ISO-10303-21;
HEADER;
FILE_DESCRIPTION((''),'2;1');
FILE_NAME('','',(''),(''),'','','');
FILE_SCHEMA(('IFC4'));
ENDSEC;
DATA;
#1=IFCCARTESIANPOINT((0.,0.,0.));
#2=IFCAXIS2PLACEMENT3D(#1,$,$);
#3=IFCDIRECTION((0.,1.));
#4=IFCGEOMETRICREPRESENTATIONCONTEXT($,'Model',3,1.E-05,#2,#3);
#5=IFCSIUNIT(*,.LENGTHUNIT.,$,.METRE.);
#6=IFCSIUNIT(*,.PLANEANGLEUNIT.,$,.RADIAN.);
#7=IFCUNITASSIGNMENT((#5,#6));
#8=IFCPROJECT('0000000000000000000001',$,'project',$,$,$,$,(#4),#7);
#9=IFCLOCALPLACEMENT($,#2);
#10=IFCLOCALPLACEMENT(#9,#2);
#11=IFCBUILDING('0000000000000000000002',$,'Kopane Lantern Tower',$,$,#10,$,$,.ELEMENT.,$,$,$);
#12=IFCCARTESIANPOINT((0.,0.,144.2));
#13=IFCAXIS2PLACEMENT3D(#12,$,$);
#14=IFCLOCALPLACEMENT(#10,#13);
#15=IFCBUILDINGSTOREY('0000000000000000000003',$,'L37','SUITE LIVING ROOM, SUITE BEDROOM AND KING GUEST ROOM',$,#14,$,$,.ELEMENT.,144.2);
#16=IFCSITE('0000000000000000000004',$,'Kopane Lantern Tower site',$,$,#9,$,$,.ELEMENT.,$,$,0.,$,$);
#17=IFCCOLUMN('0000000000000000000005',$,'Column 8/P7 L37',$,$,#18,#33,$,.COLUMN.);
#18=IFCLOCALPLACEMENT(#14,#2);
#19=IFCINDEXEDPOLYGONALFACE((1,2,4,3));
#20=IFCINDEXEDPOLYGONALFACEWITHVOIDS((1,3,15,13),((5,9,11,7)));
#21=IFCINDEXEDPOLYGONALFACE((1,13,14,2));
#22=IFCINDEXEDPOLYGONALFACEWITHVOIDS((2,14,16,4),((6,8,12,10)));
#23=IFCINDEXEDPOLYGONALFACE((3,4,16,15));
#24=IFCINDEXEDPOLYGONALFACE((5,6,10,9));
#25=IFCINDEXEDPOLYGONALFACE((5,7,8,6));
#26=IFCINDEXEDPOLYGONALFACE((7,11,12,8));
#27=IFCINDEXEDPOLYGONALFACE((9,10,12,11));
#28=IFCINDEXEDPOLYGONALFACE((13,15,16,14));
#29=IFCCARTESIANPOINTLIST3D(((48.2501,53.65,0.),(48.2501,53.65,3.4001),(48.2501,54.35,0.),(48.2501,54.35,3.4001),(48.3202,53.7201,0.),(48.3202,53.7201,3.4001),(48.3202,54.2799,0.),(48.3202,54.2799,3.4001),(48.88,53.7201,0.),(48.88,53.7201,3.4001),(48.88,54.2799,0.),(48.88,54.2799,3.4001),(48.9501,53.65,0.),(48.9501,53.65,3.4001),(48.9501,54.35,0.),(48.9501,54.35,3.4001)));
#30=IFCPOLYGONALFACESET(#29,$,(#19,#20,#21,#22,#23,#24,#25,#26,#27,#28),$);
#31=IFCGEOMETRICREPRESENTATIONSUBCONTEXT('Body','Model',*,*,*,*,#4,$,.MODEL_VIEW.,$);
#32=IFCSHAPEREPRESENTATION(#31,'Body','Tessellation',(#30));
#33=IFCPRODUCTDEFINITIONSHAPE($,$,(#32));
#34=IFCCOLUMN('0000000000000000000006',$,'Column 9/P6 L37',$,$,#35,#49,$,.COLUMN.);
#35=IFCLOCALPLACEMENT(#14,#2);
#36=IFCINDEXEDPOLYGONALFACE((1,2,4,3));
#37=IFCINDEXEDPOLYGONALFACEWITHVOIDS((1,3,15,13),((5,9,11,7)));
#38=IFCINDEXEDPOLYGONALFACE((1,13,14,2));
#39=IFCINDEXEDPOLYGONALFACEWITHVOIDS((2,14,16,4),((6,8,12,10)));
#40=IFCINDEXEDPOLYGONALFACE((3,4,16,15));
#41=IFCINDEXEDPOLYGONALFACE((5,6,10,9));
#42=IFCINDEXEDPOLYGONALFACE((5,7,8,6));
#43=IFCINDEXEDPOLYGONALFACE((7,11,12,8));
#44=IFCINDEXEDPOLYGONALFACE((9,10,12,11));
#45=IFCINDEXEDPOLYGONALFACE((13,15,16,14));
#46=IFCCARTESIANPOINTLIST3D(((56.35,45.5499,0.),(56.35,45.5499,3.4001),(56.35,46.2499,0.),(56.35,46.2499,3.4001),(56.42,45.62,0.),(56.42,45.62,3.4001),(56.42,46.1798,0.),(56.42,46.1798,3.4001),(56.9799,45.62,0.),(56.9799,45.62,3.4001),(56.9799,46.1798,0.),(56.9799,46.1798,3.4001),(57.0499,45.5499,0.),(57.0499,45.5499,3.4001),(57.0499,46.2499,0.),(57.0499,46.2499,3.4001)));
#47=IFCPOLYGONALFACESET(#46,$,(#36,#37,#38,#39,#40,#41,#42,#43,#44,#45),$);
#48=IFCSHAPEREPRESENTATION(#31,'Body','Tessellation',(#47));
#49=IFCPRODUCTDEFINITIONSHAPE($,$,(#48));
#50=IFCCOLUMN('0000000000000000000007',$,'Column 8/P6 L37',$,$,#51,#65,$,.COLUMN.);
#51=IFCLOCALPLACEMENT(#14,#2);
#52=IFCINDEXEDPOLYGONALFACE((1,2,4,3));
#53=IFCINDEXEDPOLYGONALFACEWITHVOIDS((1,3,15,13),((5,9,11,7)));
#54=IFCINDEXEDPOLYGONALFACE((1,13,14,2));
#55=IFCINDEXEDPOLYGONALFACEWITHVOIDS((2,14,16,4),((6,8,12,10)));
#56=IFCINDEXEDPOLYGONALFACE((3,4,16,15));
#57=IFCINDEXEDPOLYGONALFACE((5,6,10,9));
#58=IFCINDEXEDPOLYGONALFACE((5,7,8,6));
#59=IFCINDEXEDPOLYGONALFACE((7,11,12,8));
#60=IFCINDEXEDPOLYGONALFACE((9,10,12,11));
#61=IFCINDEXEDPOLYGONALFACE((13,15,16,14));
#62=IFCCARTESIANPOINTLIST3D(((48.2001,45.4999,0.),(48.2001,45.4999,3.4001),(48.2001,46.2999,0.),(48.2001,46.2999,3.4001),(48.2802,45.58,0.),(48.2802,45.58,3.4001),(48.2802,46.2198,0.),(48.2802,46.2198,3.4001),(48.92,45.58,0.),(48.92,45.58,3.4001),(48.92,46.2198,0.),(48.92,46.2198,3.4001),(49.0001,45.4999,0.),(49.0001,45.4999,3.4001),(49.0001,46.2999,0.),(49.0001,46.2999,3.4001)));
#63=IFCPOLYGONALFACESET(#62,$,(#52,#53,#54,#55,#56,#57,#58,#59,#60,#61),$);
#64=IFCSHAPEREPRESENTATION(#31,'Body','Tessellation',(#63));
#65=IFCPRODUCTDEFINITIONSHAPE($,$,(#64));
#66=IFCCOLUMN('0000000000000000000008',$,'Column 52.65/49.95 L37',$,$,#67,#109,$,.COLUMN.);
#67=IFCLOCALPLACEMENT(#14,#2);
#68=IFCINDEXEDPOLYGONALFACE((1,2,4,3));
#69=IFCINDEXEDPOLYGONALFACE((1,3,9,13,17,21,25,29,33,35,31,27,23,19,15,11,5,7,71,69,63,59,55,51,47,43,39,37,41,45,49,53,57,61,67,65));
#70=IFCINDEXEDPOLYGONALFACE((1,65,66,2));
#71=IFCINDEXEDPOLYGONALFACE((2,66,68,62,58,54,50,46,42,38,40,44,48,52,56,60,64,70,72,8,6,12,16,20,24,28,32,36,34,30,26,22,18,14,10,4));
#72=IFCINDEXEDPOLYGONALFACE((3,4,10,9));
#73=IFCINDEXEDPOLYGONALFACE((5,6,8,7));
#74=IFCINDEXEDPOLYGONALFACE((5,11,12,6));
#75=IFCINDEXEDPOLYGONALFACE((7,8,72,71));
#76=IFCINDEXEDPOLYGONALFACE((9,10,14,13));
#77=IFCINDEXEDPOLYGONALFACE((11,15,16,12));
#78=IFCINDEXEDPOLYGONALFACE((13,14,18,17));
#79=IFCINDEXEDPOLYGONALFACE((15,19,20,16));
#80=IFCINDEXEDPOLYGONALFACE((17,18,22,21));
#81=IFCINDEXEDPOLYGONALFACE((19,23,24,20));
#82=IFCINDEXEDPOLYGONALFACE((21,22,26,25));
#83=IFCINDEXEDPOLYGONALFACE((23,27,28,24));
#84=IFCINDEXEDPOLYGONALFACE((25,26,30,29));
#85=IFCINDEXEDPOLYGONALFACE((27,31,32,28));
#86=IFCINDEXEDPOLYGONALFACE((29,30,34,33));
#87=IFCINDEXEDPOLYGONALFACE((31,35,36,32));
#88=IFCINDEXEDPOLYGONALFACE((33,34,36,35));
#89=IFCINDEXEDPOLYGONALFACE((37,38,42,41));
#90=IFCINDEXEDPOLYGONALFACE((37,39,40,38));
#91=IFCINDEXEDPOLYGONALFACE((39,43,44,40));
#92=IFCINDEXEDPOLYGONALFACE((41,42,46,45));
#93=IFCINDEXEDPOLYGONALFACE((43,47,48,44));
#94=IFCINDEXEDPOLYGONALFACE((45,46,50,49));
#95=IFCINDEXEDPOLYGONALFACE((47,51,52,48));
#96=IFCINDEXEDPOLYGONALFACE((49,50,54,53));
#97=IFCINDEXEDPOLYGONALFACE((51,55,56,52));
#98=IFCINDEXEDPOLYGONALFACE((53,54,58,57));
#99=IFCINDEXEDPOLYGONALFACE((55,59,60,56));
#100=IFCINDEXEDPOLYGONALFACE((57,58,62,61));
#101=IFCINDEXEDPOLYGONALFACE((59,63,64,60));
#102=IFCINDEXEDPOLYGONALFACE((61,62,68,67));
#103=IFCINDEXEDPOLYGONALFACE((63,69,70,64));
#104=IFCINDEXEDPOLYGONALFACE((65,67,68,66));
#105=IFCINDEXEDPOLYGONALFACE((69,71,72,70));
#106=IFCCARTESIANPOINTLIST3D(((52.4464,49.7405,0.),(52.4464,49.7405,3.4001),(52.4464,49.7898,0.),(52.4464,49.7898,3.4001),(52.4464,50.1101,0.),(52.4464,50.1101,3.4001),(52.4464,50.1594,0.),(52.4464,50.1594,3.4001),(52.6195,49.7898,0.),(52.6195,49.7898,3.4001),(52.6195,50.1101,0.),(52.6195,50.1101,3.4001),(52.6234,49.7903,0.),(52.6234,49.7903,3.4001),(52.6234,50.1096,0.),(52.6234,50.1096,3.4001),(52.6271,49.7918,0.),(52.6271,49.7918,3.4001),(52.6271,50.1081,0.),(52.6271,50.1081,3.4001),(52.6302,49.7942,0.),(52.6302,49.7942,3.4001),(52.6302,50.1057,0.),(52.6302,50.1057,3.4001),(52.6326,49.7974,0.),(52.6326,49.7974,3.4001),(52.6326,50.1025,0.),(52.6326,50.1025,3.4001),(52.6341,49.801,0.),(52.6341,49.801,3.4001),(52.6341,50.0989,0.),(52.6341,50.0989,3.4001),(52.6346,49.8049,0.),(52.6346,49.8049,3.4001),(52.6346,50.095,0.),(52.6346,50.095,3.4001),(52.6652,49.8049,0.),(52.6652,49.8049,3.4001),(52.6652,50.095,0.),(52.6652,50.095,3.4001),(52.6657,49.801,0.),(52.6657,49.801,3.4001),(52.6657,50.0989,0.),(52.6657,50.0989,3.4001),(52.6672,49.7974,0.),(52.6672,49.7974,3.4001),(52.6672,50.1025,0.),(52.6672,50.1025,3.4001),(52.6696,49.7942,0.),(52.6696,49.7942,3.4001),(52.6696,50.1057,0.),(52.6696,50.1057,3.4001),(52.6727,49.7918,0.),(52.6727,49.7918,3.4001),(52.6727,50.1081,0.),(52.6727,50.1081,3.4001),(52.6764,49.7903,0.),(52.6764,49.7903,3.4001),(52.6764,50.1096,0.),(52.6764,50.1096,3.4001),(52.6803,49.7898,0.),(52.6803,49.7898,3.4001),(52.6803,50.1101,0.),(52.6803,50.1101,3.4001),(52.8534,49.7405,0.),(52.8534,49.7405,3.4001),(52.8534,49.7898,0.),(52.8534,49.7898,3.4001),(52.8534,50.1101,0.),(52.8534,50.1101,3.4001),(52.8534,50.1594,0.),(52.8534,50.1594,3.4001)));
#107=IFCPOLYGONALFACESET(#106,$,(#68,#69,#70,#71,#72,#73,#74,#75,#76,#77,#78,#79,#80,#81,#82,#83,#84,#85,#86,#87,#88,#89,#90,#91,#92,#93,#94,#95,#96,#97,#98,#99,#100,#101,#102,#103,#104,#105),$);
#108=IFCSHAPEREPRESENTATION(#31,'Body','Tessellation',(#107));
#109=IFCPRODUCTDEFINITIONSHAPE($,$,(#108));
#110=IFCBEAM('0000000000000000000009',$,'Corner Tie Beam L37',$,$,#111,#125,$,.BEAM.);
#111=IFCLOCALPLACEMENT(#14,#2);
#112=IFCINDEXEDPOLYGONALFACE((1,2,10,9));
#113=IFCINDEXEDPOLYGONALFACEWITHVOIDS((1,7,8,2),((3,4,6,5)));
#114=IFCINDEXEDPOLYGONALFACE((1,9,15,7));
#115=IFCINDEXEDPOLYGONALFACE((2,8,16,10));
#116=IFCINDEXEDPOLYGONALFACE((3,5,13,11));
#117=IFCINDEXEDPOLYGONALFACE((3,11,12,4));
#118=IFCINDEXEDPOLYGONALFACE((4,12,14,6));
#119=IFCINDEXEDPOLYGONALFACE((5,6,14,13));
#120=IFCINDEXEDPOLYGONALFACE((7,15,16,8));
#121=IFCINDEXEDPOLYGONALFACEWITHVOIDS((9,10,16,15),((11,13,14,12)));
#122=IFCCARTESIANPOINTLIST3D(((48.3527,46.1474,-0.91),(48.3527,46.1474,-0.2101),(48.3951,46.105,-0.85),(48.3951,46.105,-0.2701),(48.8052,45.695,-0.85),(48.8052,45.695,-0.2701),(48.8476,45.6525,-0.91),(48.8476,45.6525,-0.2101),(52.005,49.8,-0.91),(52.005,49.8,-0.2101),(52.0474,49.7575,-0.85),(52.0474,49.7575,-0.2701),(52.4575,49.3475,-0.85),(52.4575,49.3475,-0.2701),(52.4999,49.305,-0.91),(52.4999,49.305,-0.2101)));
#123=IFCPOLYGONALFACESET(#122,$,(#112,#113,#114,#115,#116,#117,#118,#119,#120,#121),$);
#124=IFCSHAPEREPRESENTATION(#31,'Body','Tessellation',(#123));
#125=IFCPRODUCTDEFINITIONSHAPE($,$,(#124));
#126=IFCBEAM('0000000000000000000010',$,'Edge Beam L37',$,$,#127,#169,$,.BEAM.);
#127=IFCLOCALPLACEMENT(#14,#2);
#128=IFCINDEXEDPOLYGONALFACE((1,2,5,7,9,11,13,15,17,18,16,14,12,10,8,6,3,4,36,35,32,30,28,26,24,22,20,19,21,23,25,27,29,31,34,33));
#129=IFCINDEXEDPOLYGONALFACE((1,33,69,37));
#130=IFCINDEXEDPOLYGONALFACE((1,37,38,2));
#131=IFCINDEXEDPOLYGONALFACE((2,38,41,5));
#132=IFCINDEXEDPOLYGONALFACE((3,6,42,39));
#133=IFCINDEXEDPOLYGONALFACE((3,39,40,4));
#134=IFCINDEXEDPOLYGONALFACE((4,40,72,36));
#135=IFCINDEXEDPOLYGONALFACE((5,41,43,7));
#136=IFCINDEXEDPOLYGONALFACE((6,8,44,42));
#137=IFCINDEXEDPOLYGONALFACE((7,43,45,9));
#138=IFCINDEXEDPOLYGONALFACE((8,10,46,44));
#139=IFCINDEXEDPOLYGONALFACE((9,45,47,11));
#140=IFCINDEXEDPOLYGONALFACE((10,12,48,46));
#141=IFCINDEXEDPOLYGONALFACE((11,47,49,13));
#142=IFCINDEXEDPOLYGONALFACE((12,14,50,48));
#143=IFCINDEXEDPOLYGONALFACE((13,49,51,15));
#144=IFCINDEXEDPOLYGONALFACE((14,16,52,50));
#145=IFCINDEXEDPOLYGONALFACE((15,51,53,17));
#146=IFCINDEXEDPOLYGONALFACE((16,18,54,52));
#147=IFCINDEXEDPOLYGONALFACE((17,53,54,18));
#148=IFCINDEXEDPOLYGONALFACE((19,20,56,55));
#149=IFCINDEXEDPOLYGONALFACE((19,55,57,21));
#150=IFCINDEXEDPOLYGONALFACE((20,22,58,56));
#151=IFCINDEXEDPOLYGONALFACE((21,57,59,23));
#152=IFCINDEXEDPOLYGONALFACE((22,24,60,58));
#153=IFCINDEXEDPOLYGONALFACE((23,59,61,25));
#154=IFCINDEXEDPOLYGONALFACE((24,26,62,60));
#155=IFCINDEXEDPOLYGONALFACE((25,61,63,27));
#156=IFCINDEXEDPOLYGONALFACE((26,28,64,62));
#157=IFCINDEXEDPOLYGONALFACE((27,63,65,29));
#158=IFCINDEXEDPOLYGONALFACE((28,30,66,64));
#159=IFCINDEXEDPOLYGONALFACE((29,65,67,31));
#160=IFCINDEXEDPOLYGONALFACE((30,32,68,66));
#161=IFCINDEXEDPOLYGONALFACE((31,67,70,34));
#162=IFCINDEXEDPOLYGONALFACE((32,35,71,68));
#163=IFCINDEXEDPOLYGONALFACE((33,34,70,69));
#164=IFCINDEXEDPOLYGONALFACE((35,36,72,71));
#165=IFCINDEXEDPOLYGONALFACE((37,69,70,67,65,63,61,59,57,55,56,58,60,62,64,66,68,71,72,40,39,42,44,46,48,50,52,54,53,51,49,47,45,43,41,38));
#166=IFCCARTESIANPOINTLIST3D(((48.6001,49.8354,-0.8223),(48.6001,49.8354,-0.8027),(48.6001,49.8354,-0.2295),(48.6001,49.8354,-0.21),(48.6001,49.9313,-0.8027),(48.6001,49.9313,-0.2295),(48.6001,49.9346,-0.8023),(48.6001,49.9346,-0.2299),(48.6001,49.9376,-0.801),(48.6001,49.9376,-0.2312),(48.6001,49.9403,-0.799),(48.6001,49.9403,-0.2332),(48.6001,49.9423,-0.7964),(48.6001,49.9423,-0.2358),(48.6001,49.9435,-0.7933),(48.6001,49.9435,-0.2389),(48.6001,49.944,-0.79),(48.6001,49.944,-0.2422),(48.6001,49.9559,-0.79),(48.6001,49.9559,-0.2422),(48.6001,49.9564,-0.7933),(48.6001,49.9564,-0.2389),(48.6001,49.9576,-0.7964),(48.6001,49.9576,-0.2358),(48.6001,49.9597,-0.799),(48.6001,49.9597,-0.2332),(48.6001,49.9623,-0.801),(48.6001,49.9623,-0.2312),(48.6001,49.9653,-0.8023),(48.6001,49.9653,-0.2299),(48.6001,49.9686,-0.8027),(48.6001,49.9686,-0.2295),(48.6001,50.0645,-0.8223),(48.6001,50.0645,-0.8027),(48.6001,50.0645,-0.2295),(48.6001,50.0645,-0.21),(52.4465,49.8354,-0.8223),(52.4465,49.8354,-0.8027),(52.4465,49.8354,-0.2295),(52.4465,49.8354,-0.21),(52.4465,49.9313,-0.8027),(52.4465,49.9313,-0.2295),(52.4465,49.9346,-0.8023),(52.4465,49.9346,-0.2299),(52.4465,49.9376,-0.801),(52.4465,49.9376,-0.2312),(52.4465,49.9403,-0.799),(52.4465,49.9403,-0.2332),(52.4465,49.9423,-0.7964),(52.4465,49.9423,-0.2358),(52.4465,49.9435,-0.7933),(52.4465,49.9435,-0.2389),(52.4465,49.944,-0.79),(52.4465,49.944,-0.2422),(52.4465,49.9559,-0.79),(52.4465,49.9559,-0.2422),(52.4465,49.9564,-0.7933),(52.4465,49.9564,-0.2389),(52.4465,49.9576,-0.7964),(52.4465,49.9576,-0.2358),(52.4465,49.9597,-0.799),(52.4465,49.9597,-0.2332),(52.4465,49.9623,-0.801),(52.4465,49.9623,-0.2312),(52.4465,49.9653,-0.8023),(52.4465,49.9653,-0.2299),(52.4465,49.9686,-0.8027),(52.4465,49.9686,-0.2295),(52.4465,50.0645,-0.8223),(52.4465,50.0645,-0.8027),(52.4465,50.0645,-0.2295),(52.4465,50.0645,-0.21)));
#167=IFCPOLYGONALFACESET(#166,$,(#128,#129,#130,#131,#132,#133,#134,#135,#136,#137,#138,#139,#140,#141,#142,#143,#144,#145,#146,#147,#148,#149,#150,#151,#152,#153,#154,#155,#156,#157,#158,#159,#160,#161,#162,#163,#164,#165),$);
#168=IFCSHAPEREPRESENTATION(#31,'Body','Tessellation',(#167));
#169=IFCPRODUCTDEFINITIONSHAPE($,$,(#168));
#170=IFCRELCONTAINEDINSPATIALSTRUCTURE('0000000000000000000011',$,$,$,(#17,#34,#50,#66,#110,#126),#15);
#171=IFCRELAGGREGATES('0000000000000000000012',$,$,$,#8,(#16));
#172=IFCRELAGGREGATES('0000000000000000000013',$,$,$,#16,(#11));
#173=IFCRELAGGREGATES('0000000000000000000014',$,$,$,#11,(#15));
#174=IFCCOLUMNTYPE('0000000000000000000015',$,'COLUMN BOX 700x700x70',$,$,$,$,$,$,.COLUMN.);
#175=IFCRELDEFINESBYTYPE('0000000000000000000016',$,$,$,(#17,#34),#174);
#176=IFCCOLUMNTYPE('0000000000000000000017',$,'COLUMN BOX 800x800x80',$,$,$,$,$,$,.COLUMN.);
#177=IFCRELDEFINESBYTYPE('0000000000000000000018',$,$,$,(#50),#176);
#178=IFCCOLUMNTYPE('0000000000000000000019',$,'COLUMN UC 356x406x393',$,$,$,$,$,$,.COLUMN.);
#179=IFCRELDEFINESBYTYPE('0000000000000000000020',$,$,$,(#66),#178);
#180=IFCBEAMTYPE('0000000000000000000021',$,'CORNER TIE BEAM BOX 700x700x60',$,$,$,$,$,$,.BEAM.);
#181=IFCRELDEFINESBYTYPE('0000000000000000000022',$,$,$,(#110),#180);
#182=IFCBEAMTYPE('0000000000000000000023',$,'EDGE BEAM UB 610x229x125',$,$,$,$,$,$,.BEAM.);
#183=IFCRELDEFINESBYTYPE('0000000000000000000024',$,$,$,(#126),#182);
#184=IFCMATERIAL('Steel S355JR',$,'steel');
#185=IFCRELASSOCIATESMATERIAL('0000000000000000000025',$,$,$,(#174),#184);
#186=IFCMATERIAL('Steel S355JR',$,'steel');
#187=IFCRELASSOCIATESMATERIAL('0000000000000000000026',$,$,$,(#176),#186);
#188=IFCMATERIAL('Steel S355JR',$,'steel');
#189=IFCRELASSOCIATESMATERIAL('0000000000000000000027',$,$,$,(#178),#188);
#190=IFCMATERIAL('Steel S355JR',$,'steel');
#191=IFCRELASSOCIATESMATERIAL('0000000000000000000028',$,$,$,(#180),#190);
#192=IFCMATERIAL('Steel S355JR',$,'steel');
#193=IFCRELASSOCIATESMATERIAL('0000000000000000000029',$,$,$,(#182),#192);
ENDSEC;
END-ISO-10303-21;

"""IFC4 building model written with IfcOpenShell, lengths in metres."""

from ifc_helpers import new_model, si_unit, direction, frame, origin, origin_2d, place, context, subcontext, project, spatial, hollow_rectangle, i_section, extrude, material, material_profile, profile_set, type_object, element, save


model = new_model("IFC4")

# Units and contexts
model_context = context("Model", 3, precision=1e-05, world=origin(), true_north=direction((0.0, 1.0)))
body_context = subcontext(model_context, "Body", "Model", "MODEL_VIEW")
ifc_project = project(units=[si_unit("LENGTHUNIT", "METRE"), si_unit("PLANEANGLEUNIT", "RADIAN")], contexts=[model_context])

# Site, building, storey
site_placement = place(None, origin())
site = spatial("IfcSite", under=ifc_project, at=site_placement, Name="Kopane Lantern Tower site", CompositionType="ELEMENT", RefElevation=0.0)
building_placement = place(site_placement, origin())
building = spatial("IfcBuilding", under=site, at=building_placement, Name="Kopane Lantern Tower", CompositionType="ELEMENT")
storey_placement = place(building_placement, frame((0.0, 0.0, 144.2)))
storey = spatial("IfcBuildingStorey", under=building, at=storey_placement, Name="L37", Description="SUITE LIVING ROOM, SUITE BEDROOM AND KING GUEST ROOM", CompositionType="ELEMENT", Elevation=144.2)

# Columns
ifc_material_1 = material(Name="Steel S355JR", Category="steel")
ifc_material_profile_1 = material_profile(ifc_material_1, hollow_rectangle(XDim=0.7, YDim=0.7, WallThickness=0.0701, at=origin_2d()), Name="BOX 700x700x70")
ifc_profile_set_1 = profile_set([ifc_material_profile_1], Name="Steel S355JR")
column_type_1 = type_object("IfcColumnType", Name="COLUMN BOX 700x700x70", PredefinedType="COLUMN", material=ifc_profile_set_1)
for number, where, z_axis, x_axis, name in (
    (1, (48.6001, 54.0, 0.0), (0.0, 0.0, 1.0), (1.0, 0.0, 0.0), "Column 8/P7 L37"),
    (2, (56.7, 45.8999, 0.0), (0.0, 0.0, 1.0), (1.0, 0.0, 0.0), "Column 9/P6 L37"),
):
    element("IfcColumn", number, at=place(storey_placement, frame(where, z_axis=z_axis, x_axis=x_axis)), inside=storey, type_object=column_type_1, Name=name, PredefinedType="COLUMN", context=body_context, shape_type="SweptSolid", body=[
        extrude(hollow_rectangle(XDim=0.7, YDim=0.7, WallThickness=0.0701, at=origin_2d()), origin(), (0.0, 0.0, 1.0), 3.4001),
    ])
ifc_material_2 = material(Name="Steel S355JR", Category="steel")
ifc_material_profile_2 = material_profile(ifc_material_2, hollow_rectangle(XDim=0.8, YDim=0.8, WallThickness=0.0801, at=origin_2d()), Name="BOX 800x800x80")
ifc_profile_set_2 = profile_set([ifc_material_profile_2], Name="Steel S355JR")
column_type_2 = type_object("IfcColumnType", Name="COLUMN BOX 800x800x80", PredefinedType="COLUMN", material=ifc_profile_set_2)
column_1_placement = place(storey_placement, frame((48.6001, 45.8999, 0.0), z_axis=(0.0, 0.0, 1.0), x_axis=(1.0, 0.0, 0.0)))
element("IfcColumn", 3, at=column_1_placement, inside=storey, type_object=column_type_2, Name="Column 8/P6 L37", PredefinedType="COLUMN", context=body_context, shape_type="SweptSolid", body=[
    extrude(hollow_rectangle(XDim=0.8, YDim=0.8, WallThickness=0.0801, at=origin_2d()), origin(), (0.0, 0.0, 1.0), 3.4001),
])
ifc_material_3 = material(Name="Steel S355JR", Category="steel")
ifc_material_profile_3 = material_profile(ifc_material_3, i_section(OverallWidth=0.407, OverallDepth=0.4189, WebThickness=0.0305, FlangeThickness=0.0493, FilletRadius=0.0151, at=origin_2d()), Name="UC 356x406x393")
ifc_profile_set_3 = profile_set([ifc_material_profile_3], Name="Steel S355JR")
column_type_3 = type_object("IfcColumnType", Name="COLUMN UC 356x406x393", PredefinedType="COLUMN", material=ifc_profile_set_3)
column_2_placement = place(storey_placement, frame((52.6499, 49.95, 0.0), z_axis=(0.0, 0.0, 1.0), x_axis=(1.0, 0.0, 0.0)))
element("IfcColumn", 4, at=column_2_placement, inside=storey, type_object=column_type_3, Name="Column 52.65/49.95 L37", PredefinedType="COLUMN", context=body_context, shape_type="SweptSolid", body=[
    extrude(i_section(OverallWidth=0.407, OverallDepth=0.4189, WebThickness=0.0305, FlangeThickness=0.0493, FilletRadius=0.0151, at=origin_2d()), origin(), (0.0, 0.0, 1.0), 3.4001),
])

# Beams
ifc_material_4 = material(Name="Steel S355JR", Category="steel")
ifc_material_profile_4 = material_profile(ifc_material_4, hollow_rectangle(XDim=0.7, YDim=0.7, WallThickness=0.0601, at=origin_2d()), Name="BOX 700x700x60")
ifc_profile_set_4 = profile_set([ifc_material_profile_4], Name="Steel S355JR")
beam_type_1 = type_object("IfcBeamType", Name="CORNER TIE BEAM BOX 700x700x60", PredefinedType="BEAM", material=ifc_profile_set_4)
beam_1_placement = place(storey_placement, frame((52.2524, 49.5525, -0.5601), z_axis=(-0.707083, -0.70713, 0.0), x_axis=(0.70713, -0.707083, 0.0)))
element("IfcBeam", 5, at=beam_1_placement, inside=storey, type_object=beam_type_1, Name="Corner Tie Beam L37", PredefinedType="BEAM", context=body_context, shape_type="SweptSolid", body=[
    extrude(hollow_rectangle(XDim=0.7, YDim=0.7, WallThickness=0.0601, at=origin_2d()), origin(), (0.0, 0.0, 1.0), 5.1653),
])
ifc_material_5 = material(Name="Steel S355JR", Category="steel")
ifc_material_profile_5 = material_profile(ifc_material_5, i_section(OverallWidth=0.229, OverallDepth=0.6123, WebThickness=0.012, FlangeThickness=0.0195, FilletRadius=0.0127, at=origin_2d()), Name="UB 610x229x125")
ifc_profile_set_5 = profile_set([ifc_material_profile_5], Name="Steel S355JR")
beam_type_2 = type_object("IfcBeamType", Name="EDGE BEAM UB 610x229x125", PredefinedType="BEAM", material=ifc_profile_set_5)
beam_2_placement = place(storey_placement, frame((52.4465, 49.95, -0.5161), z_axis=(-1.0, 0.0, 0.0), x_axis=(0.0, -1.0, 0.0)))
element("IfcBeam", 6, at=beam_2_placement, inside=storey, type_object=beam_type_2, Name="Edge Beam L37", PredefinedType="BEAM", context=body_context, shape_type="SweptSolid", body=[
    extrude(i_section(OverallWidth=0.229, OverallDepth=0.6123, WebThickness=0.012, FlangeThickness=0.0195, FilletRadius=0.0127, at=origin_2d()), origin(), (0.0, 0.0, 1.0), 3.8464),
])

save(model, "model.ifc")
